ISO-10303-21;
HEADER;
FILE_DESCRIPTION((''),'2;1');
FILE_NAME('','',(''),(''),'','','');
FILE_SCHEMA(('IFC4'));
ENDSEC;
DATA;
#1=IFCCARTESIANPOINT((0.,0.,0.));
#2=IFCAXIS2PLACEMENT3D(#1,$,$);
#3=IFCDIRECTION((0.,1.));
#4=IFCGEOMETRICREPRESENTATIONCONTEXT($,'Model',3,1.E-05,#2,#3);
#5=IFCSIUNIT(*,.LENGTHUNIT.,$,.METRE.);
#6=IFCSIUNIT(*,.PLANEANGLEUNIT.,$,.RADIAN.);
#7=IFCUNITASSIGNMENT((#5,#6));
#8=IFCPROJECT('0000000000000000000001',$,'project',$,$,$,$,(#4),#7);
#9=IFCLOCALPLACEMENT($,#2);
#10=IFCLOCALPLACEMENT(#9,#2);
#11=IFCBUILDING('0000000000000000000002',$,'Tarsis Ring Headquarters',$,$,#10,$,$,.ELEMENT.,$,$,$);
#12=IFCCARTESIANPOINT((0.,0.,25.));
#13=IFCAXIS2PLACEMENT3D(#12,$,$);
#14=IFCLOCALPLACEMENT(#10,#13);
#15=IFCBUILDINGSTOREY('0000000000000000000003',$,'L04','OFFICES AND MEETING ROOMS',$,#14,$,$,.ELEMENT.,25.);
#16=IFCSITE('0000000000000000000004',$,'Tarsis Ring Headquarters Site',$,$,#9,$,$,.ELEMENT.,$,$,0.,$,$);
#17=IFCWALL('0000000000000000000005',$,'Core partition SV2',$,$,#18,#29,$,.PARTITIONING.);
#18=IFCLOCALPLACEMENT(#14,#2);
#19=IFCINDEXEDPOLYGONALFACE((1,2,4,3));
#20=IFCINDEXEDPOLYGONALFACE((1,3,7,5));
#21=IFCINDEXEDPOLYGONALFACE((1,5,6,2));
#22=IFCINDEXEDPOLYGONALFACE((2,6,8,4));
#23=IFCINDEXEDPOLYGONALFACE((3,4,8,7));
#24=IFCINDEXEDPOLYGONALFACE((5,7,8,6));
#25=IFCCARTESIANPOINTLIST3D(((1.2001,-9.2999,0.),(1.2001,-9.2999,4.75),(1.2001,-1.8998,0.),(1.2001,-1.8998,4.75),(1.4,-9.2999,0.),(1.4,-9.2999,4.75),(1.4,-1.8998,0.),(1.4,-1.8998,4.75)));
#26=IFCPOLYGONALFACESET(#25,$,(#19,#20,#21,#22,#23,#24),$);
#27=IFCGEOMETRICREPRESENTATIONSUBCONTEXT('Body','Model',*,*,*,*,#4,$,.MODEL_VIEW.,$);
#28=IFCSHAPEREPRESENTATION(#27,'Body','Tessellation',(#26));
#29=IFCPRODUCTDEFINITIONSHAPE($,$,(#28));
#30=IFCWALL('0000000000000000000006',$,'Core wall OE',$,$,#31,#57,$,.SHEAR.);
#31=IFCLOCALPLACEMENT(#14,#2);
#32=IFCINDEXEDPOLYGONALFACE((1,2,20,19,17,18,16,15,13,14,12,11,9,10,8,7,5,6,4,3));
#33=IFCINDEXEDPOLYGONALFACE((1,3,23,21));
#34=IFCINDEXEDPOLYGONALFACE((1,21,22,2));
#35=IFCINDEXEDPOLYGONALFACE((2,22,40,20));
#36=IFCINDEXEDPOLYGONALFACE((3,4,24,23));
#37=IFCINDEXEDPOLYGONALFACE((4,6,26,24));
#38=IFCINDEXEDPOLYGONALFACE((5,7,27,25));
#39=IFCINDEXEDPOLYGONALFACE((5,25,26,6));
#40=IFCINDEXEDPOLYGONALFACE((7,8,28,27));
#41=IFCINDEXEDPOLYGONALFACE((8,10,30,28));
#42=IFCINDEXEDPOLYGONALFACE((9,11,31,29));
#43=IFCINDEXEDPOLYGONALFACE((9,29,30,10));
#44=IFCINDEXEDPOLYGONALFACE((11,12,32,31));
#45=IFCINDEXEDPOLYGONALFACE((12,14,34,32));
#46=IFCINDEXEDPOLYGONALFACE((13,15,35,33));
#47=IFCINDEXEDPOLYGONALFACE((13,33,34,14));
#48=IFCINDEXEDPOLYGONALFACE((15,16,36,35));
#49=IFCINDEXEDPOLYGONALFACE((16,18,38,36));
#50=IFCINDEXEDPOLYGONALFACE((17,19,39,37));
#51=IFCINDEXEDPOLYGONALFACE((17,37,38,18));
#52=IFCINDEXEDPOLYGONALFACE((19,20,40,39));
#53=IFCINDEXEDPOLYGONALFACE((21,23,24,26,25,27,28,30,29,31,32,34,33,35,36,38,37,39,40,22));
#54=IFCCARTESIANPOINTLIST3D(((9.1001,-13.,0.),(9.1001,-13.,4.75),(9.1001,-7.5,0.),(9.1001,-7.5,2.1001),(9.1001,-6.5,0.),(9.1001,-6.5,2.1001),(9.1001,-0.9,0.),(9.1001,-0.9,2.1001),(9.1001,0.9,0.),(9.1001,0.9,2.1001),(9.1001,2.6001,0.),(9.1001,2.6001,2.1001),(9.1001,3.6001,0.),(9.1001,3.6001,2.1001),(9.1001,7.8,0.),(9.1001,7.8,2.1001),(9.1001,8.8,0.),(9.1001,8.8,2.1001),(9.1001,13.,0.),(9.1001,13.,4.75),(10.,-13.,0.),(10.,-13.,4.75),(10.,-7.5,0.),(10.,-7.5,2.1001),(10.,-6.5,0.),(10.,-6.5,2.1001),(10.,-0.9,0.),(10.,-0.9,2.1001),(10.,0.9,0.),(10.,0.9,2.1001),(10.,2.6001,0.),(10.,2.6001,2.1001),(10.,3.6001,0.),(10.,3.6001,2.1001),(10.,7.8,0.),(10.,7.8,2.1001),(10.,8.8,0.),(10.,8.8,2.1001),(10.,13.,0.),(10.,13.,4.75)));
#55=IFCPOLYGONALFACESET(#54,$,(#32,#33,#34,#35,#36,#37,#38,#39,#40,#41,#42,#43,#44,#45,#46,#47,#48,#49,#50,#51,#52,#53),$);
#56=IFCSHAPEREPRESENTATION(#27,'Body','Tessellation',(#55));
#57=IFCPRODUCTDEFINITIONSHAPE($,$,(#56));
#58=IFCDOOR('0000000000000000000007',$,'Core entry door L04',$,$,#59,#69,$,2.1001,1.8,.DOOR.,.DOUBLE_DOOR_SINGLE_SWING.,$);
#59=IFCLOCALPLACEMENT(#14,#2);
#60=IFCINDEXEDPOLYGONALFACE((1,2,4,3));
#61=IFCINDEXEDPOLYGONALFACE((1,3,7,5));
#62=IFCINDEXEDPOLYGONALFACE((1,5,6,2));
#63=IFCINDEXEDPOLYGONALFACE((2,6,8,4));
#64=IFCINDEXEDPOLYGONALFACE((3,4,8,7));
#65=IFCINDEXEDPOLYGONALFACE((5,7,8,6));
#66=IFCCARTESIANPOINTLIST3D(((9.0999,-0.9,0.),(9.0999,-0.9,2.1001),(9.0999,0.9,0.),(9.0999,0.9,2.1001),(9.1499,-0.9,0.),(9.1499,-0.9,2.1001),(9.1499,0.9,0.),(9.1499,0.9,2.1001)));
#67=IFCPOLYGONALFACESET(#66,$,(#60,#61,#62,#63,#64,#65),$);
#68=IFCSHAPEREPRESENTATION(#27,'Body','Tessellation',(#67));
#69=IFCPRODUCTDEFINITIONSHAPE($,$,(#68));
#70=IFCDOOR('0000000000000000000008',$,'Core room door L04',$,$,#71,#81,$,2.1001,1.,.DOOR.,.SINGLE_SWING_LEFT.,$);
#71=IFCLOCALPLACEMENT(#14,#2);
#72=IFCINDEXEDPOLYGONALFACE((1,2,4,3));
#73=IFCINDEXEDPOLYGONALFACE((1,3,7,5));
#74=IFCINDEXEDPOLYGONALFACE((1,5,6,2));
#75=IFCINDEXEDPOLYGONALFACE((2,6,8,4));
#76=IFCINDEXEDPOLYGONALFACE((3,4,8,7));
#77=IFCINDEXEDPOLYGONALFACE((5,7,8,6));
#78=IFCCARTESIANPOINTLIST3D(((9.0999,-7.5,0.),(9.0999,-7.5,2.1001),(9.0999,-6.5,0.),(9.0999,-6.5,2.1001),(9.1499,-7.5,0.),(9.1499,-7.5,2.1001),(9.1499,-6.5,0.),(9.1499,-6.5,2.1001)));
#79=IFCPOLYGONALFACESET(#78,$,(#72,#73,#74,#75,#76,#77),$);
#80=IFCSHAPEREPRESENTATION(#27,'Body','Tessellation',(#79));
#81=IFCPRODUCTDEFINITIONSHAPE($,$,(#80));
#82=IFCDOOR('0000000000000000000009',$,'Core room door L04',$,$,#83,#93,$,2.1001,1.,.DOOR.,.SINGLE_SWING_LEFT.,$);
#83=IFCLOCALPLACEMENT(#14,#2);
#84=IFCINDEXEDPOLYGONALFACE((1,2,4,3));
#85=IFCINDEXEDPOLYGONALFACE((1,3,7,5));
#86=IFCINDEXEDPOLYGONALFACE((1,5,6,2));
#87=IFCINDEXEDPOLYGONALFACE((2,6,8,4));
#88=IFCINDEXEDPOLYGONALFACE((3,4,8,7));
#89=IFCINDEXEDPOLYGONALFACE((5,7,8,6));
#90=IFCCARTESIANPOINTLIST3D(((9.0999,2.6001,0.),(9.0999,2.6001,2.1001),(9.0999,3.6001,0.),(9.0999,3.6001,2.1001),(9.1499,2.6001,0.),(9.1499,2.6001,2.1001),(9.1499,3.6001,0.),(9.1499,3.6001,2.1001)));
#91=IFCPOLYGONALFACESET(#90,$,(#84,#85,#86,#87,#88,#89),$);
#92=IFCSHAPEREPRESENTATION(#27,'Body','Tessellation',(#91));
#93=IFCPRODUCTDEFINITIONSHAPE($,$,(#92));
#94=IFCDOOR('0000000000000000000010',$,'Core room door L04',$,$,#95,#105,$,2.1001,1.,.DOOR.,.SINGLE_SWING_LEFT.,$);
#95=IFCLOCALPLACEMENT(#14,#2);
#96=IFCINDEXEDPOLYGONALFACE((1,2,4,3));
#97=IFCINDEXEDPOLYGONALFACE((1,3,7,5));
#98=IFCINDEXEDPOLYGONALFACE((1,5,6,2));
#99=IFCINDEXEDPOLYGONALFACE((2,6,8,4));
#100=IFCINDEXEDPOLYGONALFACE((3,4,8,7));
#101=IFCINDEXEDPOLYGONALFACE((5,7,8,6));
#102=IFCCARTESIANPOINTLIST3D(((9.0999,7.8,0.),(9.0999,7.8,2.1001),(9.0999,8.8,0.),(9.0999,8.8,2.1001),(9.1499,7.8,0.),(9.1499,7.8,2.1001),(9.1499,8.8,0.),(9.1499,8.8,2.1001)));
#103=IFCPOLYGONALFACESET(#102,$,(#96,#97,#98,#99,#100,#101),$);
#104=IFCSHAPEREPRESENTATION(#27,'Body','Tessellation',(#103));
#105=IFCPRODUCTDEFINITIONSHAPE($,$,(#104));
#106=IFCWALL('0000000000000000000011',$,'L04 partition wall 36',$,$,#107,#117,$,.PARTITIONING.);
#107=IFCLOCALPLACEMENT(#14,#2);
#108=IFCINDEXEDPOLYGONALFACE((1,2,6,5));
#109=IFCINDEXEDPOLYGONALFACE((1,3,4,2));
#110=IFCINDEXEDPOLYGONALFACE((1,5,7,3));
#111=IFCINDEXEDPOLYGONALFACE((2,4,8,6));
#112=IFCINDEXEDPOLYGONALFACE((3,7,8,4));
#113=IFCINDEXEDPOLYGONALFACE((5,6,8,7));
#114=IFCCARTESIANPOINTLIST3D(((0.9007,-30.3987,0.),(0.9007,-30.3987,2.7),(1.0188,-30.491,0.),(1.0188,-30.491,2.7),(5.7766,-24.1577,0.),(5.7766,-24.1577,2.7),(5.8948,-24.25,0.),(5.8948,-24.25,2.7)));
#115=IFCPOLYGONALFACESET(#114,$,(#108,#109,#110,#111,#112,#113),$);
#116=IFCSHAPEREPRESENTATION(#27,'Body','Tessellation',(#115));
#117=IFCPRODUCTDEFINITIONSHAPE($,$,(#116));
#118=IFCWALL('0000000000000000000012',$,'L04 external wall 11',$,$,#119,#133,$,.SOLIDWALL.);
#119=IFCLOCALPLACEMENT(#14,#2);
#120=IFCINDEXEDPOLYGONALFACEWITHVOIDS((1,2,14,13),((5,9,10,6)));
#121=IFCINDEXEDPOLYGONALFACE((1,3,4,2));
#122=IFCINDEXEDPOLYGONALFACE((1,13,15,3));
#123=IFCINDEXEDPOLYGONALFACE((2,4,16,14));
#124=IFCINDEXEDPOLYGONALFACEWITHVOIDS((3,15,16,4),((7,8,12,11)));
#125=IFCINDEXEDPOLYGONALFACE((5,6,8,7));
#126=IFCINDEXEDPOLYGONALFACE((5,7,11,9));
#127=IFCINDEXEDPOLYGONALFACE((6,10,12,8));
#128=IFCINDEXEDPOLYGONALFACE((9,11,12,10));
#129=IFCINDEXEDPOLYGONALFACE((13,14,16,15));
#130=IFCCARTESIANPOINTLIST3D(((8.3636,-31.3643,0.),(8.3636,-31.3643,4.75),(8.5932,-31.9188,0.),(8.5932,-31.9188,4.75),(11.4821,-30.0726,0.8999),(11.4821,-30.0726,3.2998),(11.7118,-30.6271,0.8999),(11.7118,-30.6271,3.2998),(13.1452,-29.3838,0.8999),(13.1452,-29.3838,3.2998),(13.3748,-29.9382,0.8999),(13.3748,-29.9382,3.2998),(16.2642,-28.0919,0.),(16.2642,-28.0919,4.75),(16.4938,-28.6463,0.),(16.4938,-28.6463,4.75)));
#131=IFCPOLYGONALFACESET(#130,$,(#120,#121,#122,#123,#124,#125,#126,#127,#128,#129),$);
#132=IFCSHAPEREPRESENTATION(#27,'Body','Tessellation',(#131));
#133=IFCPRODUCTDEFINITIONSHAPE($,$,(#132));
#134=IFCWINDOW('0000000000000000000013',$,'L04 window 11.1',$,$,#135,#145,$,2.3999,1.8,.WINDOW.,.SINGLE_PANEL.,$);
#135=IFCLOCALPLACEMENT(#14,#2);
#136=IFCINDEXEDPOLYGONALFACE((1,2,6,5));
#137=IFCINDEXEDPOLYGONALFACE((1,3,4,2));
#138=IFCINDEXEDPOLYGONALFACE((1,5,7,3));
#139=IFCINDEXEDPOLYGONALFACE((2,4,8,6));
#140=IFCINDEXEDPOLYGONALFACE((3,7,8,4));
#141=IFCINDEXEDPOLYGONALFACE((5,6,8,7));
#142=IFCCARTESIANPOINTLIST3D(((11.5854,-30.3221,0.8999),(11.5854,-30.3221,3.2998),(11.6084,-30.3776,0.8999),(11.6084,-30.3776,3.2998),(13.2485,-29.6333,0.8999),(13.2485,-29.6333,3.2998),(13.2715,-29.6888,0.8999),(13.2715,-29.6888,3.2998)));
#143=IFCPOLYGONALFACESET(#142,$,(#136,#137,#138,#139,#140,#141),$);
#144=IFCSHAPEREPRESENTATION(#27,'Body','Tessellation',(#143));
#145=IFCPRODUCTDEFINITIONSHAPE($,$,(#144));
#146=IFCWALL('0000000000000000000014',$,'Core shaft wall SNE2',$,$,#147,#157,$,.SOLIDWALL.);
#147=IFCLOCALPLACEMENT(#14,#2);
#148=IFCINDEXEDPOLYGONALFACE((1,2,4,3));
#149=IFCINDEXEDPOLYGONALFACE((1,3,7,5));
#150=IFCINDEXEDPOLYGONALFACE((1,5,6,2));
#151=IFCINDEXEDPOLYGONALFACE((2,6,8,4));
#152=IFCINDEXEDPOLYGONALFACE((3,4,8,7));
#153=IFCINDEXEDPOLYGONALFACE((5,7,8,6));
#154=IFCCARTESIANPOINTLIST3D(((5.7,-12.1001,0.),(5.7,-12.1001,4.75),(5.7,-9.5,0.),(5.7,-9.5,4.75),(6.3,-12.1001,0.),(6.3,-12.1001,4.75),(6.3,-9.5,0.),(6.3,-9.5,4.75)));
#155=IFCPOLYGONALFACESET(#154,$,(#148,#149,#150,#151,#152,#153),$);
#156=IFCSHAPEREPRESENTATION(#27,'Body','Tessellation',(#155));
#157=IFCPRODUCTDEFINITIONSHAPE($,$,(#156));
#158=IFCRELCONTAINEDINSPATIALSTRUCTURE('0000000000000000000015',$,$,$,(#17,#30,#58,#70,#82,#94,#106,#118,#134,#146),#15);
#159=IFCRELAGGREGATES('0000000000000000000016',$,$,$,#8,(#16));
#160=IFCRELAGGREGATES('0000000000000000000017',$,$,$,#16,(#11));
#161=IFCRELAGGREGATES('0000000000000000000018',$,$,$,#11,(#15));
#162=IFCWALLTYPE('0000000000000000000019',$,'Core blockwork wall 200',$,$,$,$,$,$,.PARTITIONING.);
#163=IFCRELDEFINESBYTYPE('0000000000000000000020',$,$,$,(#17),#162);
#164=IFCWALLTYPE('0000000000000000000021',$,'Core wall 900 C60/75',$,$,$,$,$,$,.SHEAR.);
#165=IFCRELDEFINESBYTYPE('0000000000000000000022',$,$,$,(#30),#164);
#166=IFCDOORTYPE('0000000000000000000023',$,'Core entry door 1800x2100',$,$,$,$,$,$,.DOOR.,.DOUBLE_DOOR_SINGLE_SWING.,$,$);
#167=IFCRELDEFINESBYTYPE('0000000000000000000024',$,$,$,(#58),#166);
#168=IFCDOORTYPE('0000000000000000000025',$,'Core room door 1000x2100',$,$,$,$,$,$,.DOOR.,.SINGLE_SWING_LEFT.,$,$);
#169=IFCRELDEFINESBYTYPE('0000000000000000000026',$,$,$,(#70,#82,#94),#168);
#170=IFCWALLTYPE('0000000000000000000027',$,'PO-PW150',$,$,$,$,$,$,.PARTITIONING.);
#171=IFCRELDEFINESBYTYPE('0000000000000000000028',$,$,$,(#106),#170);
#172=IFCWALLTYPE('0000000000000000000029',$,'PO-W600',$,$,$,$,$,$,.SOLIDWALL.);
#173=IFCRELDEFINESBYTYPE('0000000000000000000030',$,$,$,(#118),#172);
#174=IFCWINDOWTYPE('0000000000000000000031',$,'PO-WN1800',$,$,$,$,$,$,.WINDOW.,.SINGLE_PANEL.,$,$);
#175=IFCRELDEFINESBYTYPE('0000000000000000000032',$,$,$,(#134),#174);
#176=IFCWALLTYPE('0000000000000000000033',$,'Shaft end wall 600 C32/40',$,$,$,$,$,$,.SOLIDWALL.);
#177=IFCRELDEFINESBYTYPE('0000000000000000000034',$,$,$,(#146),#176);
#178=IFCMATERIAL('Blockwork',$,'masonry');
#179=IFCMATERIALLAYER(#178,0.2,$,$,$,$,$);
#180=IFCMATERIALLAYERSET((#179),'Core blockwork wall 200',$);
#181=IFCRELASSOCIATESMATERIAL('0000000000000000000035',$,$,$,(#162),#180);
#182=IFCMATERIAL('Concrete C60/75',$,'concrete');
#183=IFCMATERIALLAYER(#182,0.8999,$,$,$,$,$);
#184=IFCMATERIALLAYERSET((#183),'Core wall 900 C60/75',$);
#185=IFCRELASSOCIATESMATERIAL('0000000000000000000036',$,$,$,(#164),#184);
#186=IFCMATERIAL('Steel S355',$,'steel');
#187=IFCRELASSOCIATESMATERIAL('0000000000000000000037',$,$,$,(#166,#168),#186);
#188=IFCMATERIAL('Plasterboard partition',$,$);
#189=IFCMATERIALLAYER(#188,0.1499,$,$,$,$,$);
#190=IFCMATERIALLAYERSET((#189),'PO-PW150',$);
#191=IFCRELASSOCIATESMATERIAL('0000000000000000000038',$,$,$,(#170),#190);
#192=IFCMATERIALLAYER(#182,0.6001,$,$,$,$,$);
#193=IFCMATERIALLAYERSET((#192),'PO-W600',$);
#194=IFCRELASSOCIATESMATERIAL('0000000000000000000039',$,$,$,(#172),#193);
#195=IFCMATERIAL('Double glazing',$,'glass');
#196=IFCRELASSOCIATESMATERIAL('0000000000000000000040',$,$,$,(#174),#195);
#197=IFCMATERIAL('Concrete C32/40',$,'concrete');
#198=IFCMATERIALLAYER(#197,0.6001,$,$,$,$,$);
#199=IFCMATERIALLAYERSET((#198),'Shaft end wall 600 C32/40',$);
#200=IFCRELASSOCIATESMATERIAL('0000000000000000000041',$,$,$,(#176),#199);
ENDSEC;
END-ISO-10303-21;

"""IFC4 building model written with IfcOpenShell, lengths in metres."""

from ifc_helpers import new_model, si_unit, direction, frame, frame_2d, origin, place, context, subcontext, project, spatial, rectangle, extrude, material, layer, layer_set, type_object, element, fill, save


model = new_model("IFC4")

# Units and contexts
model_context = context("Model", 3, precision=1e-05, world=origin(), true_north=direction((0.0, 1.0)))
body_context = subcontext(model_context, "Body", "Model", "MODEL_VIEW")
ifc_project = project(units=[si_unit("LENGTHUNIT", "METRE"), si_unit("PLANEANGLEUNIT", "RADIAN")], contexts=[model_context])

# Site, building, storey
site_placement = place(None, origin())
site = spatial("IfcSite", under=ifc_project, at=site_placement, Name="Tarsis Ring Headquarters Site", CompositionType="ELEMENT", RefElevation=0.0)
building_placement = place(site_placement, origin())
building = spatial("IfcBuilding", under=site, at=building_placement, Name="Tarsis Ring Headquarters", CompositionType="ELEMENT")
storey_placement = place(building_placement, frame((0.0, 0.0, 25.0)))
storey = spatial("IfcBuildingStorey", under=building, at=storey_placement, Name="L04", Description="OFFICES AND MEETING ROOMS", CompositionType="ELEMENT", Elevation=25.0)

# Wall
ifc_material_1 = material(Name="Blockwork", Category="masonry")
ifc_layer_1 = layer(ifc_material_1, 0.2)
ifc_layer_set_1 = layer_set([ifc_layer_1], Name="Core blockwork wall 200")
wall_type_1 = type_object("IfcWallType", Name="Core blockwork wall 200", PredefinedType="PARTITIONING", material=ifc_layer_set_1)
wall_1_placement = place(storey_placement, frame((1.3, -9.3, 0.0), z_axis=(0.0, 0.0, 1.0), x_axis=(0.0, 1.0, 0.0)))
element("IfcWall", 1, at=wall_1_placement, inside=storey, type_object=wall_type_1, Name="Core partition SV2", PredefinedType="PARTITIONING", context=body_context, shape_type="SweptSolid", body=[
    extrude(rectangle(XDim=7.4001, YDim=0.2, at=frame_2d((3.7002, 0.0))), origin(), (0.0, 0.0, 1.0), 4.75),
])

# Wall, openings, doors
ifc_material_2 = material(Name="Concrete C60/75", Category="concrete")
ifc_layer_2 = layer(ifc_material_2, 0.8999)
ifc_layer_set_2 = layer_set([ifc_layer_2], Name="Core wall 900 C60/75")
wall_type_2 = type_object("IfcWallType", Name="Core wall 900 C60/75", PredefinedType="SHEAR", material=ifc_layer_set_2)
wall_2_placement = place(storey_placement, frame((9.55, -13.0, 0.0), z_axis=(0.0, 0.0, 1.0), x_axis=(0.0, 1.0, 0.0)))
wall_2 = element("IfcWall", 2, at=wall_2_placement, inside=storey, type_object=wall_type_2, Name="Core wall OE", PredefinedType="SHEAR", context=body_context, shape_type="SweptSolid", body=[
    extrude(rectangle(XDim=26.0, YDim=0.8999, at=frame_2d((13.0, 0.0))), origin(), (0.0, 0.0, 1.0), 4.75),
])
opening_1_placement = place(wall_2_placement, frame((5.5, 0.0, 0.0)))
opening_1 = element("IfcOpeningElement", 3, at=opening_1_placement, cuts=wall_2, PredefinedType="OPENING", context=body_context, shape_type="SweptSolid", body=[
    extrude(rectangle(XDim=1.0, YDim=2.1001, at=frame_2d((0.5, 1.05))), frame((0.0, 0.46, 0.0), z_axis=(0.0, -1.0, 0.0), x_axis=(1.0, 0.0, 0.0)), (0.0, 0.0, 1.0), 0.9199),
])
opening_2_placement = place(wall_2_placement, frame((12.1001, 0.0, 0.0)))
opening_2 = element("IfcOpeningElement", 4, at=opening_2_placement, cuts=wall_2, PredefinedType="OPENING", context=body_context, shape_type="SweptSolid", body=[
    extrude(rectangle(XDim=1.8, YDim=2.1001, at=frame_2d((0.8999, 1.05))), frame((0.0, 0.46, 0.0), z_axis=(0.0, -1.0, 0.0), x_axis=(1.0, 0.0, 0.0)), (0.0, 0.0, 1.0), 0.9199),
])
opening_3_placement = place(wall_2_placement, frame((15.6001, 0.0, 0.0)))
opening_3 = element("IfcOpeningElement", 5, at=opening_3_placement, cuts=wall_2, PredefinedType="OPENING", context=body_context, shape_type="SweptSolid", body=[
    extrude(rectangle(XDim=1.0, YDim=2.1001, at=frame_2d((0.5, 1.05))), frame((0.0, 0.46, 0.0), z_axis=(0.0, -1.0, 0.0), x_axis=(1.0, 0.0, 0.0)), (0.0, 0.0, 1.0), 0.9199),
])
opening_4_placement = place(wall_2_placement, frame((20.8, 0.0, 0.0)))
opening_4 = element("IfcOpeningElement", 6, at=opening_4_placement, cuts=wall_2, PredefinedType="OPENING", context=body_context, shape_type="SweptSolid", body=[
    extrude(rectangle(XDim=1.0, YDim=2.1001, at=frame_2d((0.5, 1.05))), frame((0.0, 0.46, 0.0), z_axis=(0.0, -1.0, 0.0), x_axis=(1.0, 0.0, 0.0)), (0.0, 0.0, 1.0), 0.9199),
])
ifc_material_3 = material(Name="Steel S355", Category="steel")
door_type_1 = type_object("IfcDoorType", Name="Core entry door 1800x2100", OperationType="DOUBLE_DOOR_SINGLE_SWING", PredefinedType="DOOR", material=ifc_material_3)
door_1_placement = place(opening_2_placement, origin())
door_1 = element("IfcDoor", 7, at=door_1_placement, inside=storey, type_object=door_type_1, Name="Core entry door L04", OperationType="DOUBLE_DOOR_SINGLE_SWING", OverallHeight=2.1001, OverallWidth=1.8, PredefinedType="DOOR", context=body_context, shape_type="SweptSolid", body=[
    extrude(rectangle(XDim=1.8, YDim=2.1001, at=frame_2d((0.8999, 1.05))), frame((0.0, 0.4502, 0.0), z_axis=(0.0, -1.0, 0.0), x_axis=(1.0, 0.0, 0.0)), (0.0, 0.0, 1.0), 0.05),
])
fill(opening_2, door_1)
door_type_2 = type_object("IfcDoorType", Name="Core room door 1000x2100", OperationType="SINGLE_SWING_LEFT", PredefinedType="DOOR", material=ifc_material_3)
door_2_placement = place(opening_1_placement, origin())
door_2 = element("IfcDoor", 8, at=door_2_placement, inside=storey, type_object=door_type_2, Name="Core room door L04", OperationType="SINGLE_SWING_LEFT", OverallHeight=2.1001, OverallWidth=1.0, PredefinedType="DOOR", context=body_context, shape_type="SweptSolid", body=[
    extrude(rectangle(XDim=1.0, YDim=2.1001, at=frame_2d((0.5, 1.05))), frame((0.0, 0.4502, 0.0), z_axis=(0.0, -1.0, 0.0), x_axis=(1.0, 0.0, 0.0)), (0.0, 0.0, 1.0), 0.05),
])
fill(opening_1, door_2)
door_3_placement = place(opening_3_placement, origin())
door_3 = element("IfcDoor", 9, at=door_3_placement, inside=storey, type_object=door_type_2, Name="Core room door L04", OperationType="SINGLE_SWING_LEFT", OverallHeight=2.1001, OverallWidth=1.0, PredefinedType="DOOR", context=body_context, shape_type="SweptSolid", body=[
    extrude(rectangle(XDim=1.0, YDim=2.1001, at=frame_2d((0.5, 1.05))), frame((0.0, 0.4502, 0.0), z_axis=(0.0, -1.0, 0.0), x_axis=(1.0, 0.0, 0.0)), (0.0, 0.0, 1.0), 0.05),
])
fill(opening_3, door_3)
door_4_placement = place(opening_4_placement, origin())
door_4 = element("IfcDoor", 10, at=door_4_placement, inside=storey, type_object=door_type_2, Name="Core room door L04", OperationType="SINGLE_SWING_LEFT", OverallHeight=2.1001, OverallWidth=1.0, PredefinedType="DOOR", context=body_context, shape_type="SweptSolid", body=[
    extrude(rectangle(XDim=1.0, YDim=2.1001, at=frame_2d((0.5, 1.05))), frame((0.0, 0.4502, 0.0), z_axis=(0.0, -1.0, 0.0), x_axis=(1.0, 0.0, 0.0)), (0.0, 0.0, 1.0), 0.05),
])
fill(opening_4, door_4)

# Wall
ifc_material_4 = material(Name="Plasterboard partition")
ifc_layer_3 = layer(ifc_material_4, 0.1499)
ifc_layer_set_3 = layer_set([ifc_layer_3], Name="PO-PW150")
wall_type_3 = type_object("IfcWallType", Name="PO-PW150", PredefinedType="PARTITIONING", material=ifc_layer_set_3)
wall_3_placement = place(storey_placement, frame((0.9597, -30.4448, 0.0), z_axis=(0.0, 0.0, 1.0), x_axis=(0.615661, 0.788011, 0.0)))
element("IfcWall", 11, at=wall_3_placement, inside=storey, type_object=wall_type_3, Name="L04 partition wall 36", PredefinedType="PARTITIONING", context=body_context, shape_type="SweptSolid", body=[
    extrude(rectangle(XDim=7.9199, YDim=0.1499, at=frame_2d((3.96, 0.0))), origin(), (0.0, 0.0, 1.0), 2.7),
])

# Wall, opening, window
ifc_layer_4 = layer(ifc_material_2, 0.6001)
ifc_layer_set_4 = layer_set([ifc_layer_4], Name="PO-W600")
wall_type_4 = type_object("IfcWallType", Name="PO-W600", PredefinedType="SOLIDWALL", material=ifc_layer_set_4)
wall_4_placement = place(storey_placement, frame((8.4783, -31.6416, 0.0), z_axis=(0.0, 0.0, 1.0), x_axis=(0.923883, 0.382675, 0.0)))
wall_4 = element("IfcWall", 12, at=wall_4_placement, inside=storey, type_object=wall_type_4, Name="L04 external wall 11", PredefinedType="SOLIDWALL", context=body_context, shape_type="SweptSolid", body=[
    extrude(rectangle(XDim=8.5515, YDim=0.6001, at=frame_2d((4.2759, 0.0))), origin(), (0.0, 0.0, 1.0), 4.75),
])
opening_5_placement = place(wall_4_placement, frame((3.3757, 0.0, 0.8999)))
opening_5 = element("IfcOpeningElement", 13, at=opening_5_placement, cuts=wall_4, PredefinedType="OPENING", context=body_context, shape_type="SweptSolid", body=[
    extrude(rectangle(XDim=1.8, YDim=2.3999, at=frame_2d((0.8999, 1.2))), frame((0.0, 0.3101, 0.0), z_axis=(0.0, -1.0, 0.0), x_axis=(1.0, 0.0, 0.0)), (0.0, 0.0, 1.0), 0.6201),
])
ifc_material_5 = material(Name="Double glazing", Category="glass")
window_type = type_object("IfcWindowType", Name="PO-WN1800", PartitioningType="SINGLE_PANEL", PredefinedType="WINDOW", material=ifc_material_5)
window_placement = place(opening_5_placement, origin())
window = element("IfcWindow", 14, at=window_placement, inside=storey, type_object=window_type, Name="L04 window 11.1", OverallHeight=2.3999, OverallWidth=1.8, PartitioningType="SINGLE_PANEL", PredefinedType="WINDOW", context=body_context, shape_type="SweptSolid", body=[
    extrude(rectangle(XDim=1.8, YDim=2.3999, at=frame_2d((0.8999, 1.2))), frame((0.0, 0.03, 0.0), z_axis=(0.0, -1.0, 0.0), x_axis=(1.0, 0.0, 0.0)), (0.0, 0.0, 1.0), 0.0601),
])
fill(opening_5, window)

# Wall
ifc_material_6 = material(Name="Concrete C32/40", Category="concrete")
ifc_layer_5 = layer(ifc_material_6, 0.6001)
ifc_layer_set_5 = layer_set([ifc_layer_5], Name="Shaft end wall 600 C32/40")
wall_type_5 = type_object("IfcWallType", Name="Shaft end wall 600 C32/40", PredefinedType="SOLIDWALL", material=ifc_layer_set_5)
wall_5_placement = place(storey_placement, frame((6.0, -12.1001, 0.0), z_axis=(0.0, 0.0, 1.0), x_axis=(0.0, 1.0, 0.0)))
element("IfcWall", 15, at=wall_5_placement, inside=storey, type_object=wall_type_5, Name="Core shaft wall SNE2", PredefinedType="SOLIDWALL", context=body_context, shape_type="SweptSolid", body=[
    extrude(rectangle(XDim=2.6001, YDim=0.6001, at=frame_2d((1.3, 0.0))), origin(), (0.0, 0.0, 1.0), 4.75),
])

save(model, "model.ifc")
